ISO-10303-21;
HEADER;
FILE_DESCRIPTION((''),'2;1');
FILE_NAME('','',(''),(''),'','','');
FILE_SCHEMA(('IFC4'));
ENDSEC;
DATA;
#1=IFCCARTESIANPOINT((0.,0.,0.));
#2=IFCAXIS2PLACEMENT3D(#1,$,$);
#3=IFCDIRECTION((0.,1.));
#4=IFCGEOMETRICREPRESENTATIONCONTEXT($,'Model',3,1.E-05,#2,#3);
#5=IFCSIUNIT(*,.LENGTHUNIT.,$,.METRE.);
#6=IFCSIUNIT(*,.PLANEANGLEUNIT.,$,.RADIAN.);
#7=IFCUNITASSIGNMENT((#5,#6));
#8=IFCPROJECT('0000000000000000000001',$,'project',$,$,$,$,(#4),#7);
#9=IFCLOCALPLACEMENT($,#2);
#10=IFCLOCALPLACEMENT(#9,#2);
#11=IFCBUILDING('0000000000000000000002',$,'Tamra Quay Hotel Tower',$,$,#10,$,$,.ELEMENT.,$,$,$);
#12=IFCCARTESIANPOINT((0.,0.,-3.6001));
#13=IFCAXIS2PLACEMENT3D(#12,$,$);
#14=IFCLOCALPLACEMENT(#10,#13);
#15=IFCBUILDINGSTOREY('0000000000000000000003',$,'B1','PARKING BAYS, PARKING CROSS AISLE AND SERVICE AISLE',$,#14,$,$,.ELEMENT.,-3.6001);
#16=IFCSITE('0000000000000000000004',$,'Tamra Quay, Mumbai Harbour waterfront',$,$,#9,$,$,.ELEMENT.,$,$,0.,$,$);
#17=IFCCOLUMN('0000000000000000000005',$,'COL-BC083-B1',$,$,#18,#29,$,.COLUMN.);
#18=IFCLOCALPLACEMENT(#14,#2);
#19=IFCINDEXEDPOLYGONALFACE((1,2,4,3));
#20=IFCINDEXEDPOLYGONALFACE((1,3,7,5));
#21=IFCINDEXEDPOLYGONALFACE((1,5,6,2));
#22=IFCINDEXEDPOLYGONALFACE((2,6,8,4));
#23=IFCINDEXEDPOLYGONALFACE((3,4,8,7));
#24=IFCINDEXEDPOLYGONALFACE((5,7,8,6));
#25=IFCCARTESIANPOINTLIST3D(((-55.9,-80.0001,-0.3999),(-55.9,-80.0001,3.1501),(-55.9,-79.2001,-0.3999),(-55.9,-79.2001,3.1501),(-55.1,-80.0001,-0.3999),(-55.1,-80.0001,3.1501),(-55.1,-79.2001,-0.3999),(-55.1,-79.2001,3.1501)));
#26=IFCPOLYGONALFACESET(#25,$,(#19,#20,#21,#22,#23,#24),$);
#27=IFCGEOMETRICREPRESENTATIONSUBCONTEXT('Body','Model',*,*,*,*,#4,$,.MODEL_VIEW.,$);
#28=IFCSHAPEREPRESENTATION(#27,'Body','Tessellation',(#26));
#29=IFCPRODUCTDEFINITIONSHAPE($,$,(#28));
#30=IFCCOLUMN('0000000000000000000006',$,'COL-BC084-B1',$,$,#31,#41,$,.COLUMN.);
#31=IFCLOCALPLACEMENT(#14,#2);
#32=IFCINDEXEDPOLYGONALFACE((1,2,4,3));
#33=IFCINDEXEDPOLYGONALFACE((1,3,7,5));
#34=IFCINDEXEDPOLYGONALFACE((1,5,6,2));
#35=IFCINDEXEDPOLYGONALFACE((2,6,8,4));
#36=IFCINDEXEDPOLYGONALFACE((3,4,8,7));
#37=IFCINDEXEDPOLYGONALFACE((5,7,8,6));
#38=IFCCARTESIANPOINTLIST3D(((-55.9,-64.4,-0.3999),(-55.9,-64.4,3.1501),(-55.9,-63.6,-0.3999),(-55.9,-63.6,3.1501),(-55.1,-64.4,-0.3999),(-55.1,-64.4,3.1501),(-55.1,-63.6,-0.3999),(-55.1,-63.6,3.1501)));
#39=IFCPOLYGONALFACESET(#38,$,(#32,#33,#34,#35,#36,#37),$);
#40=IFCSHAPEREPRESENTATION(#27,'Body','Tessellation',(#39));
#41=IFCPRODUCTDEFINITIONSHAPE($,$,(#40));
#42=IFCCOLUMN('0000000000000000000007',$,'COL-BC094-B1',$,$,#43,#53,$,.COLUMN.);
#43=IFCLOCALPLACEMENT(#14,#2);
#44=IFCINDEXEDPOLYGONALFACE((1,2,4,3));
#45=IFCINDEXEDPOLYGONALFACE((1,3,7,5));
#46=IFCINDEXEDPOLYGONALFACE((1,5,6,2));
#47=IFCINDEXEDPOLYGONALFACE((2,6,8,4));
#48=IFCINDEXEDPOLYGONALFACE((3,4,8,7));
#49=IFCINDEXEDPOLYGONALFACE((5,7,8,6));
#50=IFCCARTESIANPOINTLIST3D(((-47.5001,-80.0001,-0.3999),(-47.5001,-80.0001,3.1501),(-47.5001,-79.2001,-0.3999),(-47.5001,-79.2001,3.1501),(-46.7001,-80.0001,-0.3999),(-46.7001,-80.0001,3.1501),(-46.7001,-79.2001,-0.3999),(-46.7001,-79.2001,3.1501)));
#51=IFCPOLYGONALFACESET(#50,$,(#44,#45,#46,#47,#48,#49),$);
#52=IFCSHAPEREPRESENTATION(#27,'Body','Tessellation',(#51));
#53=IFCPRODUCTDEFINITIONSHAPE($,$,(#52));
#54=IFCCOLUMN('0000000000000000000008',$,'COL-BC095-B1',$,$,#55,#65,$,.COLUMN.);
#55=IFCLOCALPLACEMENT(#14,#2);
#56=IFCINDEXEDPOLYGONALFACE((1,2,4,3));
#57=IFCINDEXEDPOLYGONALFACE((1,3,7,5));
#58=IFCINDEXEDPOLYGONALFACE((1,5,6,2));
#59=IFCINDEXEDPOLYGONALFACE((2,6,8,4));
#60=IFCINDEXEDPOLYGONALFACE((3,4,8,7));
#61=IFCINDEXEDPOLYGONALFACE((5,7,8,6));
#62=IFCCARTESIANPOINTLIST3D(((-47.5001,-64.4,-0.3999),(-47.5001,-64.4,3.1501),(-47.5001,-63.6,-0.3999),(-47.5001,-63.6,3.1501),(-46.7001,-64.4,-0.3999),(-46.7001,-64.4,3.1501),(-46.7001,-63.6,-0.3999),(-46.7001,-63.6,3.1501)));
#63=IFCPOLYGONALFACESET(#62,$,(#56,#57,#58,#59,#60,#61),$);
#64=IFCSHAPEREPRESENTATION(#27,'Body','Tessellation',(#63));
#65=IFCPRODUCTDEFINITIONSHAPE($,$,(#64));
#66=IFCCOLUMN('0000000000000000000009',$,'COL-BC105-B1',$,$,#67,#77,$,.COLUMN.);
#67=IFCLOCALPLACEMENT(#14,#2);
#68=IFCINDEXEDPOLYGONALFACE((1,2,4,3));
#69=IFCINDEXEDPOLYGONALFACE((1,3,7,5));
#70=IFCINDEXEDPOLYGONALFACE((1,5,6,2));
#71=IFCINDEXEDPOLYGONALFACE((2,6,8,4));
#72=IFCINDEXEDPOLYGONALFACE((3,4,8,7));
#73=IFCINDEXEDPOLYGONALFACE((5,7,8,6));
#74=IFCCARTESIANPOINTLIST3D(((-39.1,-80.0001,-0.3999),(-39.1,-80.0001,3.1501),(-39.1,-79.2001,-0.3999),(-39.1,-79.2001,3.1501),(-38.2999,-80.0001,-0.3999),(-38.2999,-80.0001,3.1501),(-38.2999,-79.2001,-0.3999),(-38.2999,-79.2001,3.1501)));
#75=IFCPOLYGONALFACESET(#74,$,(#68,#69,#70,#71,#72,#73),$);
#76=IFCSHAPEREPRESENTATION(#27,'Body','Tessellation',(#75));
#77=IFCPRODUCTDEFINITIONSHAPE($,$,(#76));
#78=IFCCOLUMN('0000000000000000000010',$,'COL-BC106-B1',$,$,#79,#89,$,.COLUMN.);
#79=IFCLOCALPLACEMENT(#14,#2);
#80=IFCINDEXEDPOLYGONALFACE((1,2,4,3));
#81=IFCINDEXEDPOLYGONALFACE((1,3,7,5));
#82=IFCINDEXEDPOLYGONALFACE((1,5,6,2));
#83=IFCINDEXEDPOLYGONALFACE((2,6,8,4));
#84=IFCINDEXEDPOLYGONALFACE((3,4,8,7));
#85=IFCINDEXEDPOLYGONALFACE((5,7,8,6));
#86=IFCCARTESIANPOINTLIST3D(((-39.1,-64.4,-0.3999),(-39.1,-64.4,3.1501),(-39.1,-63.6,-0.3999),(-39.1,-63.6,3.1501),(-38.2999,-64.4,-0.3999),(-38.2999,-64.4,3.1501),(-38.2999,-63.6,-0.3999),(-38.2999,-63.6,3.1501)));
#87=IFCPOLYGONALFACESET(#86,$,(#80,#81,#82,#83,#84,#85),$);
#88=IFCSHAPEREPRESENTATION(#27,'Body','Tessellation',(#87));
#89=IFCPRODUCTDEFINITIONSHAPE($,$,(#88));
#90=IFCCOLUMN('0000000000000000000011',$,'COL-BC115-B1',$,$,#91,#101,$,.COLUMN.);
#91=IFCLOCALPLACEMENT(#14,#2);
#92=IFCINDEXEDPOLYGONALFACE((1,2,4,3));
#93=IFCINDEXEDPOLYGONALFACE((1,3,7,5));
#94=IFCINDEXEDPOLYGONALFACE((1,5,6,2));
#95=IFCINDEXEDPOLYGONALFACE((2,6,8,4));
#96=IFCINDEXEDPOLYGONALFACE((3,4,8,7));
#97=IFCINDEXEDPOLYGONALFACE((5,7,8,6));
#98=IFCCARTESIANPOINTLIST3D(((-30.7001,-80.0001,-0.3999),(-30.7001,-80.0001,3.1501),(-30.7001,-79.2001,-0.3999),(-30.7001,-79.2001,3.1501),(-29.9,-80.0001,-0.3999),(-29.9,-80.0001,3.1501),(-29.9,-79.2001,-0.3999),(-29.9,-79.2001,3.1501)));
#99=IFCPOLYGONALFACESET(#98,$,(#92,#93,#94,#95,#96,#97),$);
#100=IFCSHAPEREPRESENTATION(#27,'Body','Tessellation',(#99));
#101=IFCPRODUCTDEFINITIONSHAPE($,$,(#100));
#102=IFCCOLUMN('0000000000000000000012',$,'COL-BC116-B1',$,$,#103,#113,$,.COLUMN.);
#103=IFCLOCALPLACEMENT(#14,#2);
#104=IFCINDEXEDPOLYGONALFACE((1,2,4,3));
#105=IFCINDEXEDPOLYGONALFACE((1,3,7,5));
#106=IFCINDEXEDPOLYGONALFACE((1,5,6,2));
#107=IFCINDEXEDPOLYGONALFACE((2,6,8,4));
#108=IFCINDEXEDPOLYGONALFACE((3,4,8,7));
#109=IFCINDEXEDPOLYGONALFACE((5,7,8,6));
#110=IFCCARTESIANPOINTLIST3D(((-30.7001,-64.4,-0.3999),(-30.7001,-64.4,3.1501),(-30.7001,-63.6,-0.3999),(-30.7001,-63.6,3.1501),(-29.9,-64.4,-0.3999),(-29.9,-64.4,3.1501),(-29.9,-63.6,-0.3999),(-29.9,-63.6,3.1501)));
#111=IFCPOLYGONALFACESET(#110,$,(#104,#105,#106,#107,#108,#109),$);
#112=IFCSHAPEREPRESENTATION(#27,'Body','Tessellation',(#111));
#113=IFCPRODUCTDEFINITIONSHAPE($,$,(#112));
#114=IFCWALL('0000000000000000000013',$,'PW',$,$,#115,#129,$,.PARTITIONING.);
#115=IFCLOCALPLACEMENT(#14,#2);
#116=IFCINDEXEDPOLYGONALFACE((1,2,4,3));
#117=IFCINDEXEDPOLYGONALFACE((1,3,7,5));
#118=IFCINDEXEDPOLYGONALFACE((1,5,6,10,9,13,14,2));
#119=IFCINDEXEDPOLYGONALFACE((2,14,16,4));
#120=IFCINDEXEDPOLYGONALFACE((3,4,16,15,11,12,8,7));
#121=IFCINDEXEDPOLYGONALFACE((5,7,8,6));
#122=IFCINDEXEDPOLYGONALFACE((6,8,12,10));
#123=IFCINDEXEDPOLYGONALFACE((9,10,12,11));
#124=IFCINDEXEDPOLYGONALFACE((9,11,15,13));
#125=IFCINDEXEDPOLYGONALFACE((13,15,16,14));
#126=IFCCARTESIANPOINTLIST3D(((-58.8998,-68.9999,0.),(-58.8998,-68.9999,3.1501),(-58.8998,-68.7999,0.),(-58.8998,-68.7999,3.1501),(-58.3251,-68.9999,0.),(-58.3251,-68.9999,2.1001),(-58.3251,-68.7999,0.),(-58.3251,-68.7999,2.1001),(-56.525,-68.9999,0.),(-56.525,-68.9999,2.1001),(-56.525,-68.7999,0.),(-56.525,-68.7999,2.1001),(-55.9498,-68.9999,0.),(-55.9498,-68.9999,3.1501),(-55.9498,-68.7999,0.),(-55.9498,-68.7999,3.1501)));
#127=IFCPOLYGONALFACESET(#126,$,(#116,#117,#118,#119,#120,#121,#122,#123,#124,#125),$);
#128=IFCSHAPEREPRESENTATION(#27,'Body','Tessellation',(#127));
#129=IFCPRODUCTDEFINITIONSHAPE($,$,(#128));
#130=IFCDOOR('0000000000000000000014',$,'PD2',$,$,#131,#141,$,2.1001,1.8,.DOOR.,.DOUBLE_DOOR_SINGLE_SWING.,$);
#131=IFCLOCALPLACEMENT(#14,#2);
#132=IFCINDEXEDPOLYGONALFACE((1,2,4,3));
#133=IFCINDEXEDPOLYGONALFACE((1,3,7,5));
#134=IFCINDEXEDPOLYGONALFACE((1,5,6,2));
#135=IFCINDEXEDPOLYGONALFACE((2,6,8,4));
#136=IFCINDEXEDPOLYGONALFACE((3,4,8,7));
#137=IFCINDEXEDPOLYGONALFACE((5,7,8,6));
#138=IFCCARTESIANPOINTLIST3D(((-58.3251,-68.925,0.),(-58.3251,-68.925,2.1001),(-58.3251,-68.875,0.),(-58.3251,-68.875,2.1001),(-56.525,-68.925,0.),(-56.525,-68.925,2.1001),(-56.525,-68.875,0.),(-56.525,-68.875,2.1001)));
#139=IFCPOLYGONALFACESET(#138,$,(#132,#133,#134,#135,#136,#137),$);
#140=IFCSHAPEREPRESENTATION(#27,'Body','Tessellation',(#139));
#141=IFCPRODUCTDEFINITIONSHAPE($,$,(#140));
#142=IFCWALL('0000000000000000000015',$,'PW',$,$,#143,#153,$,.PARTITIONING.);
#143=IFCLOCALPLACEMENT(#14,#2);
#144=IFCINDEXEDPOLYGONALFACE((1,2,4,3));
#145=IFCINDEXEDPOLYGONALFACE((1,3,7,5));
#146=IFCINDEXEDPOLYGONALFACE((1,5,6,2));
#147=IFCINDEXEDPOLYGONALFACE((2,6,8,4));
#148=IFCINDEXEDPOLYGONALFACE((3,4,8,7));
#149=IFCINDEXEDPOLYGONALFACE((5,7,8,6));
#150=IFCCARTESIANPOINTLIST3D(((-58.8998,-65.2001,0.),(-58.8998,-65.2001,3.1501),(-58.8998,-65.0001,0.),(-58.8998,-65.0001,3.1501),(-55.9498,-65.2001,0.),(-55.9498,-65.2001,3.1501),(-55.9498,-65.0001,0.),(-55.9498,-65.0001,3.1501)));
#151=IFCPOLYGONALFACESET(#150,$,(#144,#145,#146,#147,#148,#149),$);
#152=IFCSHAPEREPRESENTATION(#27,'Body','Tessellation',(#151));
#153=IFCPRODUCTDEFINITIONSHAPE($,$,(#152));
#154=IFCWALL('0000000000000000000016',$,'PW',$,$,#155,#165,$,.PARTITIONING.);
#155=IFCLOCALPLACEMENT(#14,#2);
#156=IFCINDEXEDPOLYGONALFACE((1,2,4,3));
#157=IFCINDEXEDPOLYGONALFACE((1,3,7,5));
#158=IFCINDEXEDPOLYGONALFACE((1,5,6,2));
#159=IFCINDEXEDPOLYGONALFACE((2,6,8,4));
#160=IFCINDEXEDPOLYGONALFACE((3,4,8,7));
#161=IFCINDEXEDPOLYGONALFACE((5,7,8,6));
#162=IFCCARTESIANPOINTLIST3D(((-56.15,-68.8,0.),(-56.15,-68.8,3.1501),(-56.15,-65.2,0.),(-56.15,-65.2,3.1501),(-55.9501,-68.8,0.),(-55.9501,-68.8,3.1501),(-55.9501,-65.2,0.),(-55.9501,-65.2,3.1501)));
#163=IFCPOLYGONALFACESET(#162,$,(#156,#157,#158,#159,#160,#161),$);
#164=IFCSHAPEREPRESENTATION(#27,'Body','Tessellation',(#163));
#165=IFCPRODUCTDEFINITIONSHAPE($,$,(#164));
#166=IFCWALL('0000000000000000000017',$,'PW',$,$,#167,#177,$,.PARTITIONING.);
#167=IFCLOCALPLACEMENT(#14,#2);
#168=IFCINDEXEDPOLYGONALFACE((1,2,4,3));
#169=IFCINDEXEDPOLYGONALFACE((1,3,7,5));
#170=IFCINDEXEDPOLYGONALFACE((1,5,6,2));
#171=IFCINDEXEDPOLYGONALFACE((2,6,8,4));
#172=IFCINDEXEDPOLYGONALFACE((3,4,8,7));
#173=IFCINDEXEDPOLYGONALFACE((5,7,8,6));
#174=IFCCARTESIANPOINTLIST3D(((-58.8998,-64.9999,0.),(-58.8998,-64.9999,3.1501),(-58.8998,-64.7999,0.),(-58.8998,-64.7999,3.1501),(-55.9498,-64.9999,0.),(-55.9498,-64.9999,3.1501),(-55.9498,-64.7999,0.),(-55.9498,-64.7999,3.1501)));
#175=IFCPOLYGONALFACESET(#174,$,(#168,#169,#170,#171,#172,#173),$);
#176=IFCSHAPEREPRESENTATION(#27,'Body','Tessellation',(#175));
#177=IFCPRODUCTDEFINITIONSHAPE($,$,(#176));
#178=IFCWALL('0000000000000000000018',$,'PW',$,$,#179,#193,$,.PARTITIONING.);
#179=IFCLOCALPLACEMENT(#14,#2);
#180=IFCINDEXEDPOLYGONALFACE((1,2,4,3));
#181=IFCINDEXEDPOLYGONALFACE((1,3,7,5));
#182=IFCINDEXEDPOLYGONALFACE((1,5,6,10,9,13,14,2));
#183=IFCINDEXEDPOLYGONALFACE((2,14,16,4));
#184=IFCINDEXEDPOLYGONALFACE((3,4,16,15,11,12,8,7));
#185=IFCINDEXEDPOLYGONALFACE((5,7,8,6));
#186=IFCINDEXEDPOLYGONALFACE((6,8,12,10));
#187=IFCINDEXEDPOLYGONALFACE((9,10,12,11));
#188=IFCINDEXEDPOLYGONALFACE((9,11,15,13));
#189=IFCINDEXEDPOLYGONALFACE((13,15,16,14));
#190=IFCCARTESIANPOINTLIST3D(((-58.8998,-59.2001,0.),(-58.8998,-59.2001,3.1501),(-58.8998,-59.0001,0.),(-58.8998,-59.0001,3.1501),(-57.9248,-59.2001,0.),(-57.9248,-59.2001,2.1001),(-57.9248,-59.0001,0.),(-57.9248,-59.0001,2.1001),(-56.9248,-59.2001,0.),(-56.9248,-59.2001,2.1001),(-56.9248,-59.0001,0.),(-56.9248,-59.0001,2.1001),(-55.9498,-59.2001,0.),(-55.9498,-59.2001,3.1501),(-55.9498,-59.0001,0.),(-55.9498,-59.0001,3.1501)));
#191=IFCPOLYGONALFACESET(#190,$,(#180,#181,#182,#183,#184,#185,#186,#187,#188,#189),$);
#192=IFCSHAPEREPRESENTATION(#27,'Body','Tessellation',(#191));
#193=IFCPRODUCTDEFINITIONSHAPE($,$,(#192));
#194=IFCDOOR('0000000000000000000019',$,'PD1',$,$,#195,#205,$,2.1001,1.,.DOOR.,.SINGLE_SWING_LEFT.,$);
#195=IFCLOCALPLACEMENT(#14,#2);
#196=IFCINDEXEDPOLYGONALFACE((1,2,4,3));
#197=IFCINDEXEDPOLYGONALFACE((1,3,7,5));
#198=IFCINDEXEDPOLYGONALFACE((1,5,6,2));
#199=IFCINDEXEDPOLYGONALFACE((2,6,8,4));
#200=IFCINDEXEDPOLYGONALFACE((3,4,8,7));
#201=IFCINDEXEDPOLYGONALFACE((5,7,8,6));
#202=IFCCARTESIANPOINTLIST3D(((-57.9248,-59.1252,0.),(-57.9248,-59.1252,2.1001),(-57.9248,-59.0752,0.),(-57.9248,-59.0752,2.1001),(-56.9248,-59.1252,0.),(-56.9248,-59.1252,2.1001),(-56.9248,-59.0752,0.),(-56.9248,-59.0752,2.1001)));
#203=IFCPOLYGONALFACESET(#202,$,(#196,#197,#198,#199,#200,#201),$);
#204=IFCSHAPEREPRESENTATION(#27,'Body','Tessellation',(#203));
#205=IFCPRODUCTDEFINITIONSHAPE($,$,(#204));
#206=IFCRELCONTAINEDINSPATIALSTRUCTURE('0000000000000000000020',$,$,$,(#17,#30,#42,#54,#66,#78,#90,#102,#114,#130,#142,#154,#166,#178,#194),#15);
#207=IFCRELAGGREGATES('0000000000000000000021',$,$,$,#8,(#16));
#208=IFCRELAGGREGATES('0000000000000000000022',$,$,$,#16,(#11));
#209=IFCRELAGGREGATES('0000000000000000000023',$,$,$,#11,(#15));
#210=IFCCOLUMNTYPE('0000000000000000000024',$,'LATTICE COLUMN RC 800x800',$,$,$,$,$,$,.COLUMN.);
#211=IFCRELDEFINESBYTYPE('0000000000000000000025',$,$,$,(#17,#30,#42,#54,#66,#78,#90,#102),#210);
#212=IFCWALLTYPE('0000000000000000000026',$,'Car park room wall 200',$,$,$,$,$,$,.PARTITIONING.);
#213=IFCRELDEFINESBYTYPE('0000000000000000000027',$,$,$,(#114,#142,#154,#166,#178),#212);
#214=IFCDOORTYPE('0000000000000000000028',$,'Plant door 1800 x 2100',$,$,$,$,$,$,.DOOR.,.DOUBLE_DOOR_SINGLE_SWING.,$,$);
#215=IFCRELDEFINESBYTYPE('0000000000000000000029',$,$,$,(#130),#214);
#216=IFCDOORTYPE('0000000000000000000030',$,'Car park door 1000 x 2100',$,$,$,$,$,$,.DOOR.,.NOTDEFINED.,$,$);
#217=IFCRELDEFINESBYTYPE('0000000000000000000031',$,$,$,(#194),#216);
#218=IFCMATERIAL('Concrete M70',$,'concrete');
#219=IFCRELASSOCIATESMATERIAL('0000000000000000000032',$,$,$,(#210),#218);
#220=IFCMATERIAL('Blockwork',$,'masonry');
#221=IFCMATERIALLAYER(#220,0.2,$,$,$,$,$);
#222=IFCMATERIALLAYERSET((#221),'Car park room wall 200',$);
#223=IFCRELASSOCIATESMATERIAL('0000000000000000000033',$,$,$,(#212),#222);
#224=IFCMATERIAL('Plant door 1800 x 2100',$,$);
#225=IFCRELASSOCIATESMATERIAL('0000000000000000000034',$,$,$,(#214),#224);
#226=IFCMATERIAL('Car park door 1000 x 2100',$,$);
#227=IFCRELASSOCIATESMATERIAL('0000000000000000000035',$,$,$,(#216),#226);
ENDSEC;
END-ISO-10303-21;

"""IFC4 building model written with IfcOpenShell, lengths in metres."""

from ifc_helpers import new_model, si_unit, direction, frame, frame_2d, origin, origin_2d, place, context, subcontext, project, spatial, rectangle, extrude, material, layer, layer_set, material_profile, profile_set, type_object, element, fill, save


model = new_model("IFC4")

# Units and contexts
model_context = context("Model", 3, precision=1e-05, world=origin(), true_north=direction((0.0, 1.0)))
body_context = subcontext(model_context, "Body", "Model", "MODEL_VIEW")
ifc_project = project(units=[si_unit("LENGTHUNIT", "METRE"), si_unit("PLANEANGLEUNIT", "RADIAN")], contexts=[model_context])

# Site, building, storey
site_placement = place(None, origin())
site = spatial("IfcSite", under=ifc_project, at=site_placement, Name="Tamra Quay, Mumbai Harbour waterfront", CompositionType="ELEMENT", RefElevation=0.0)
building_placement = place(site_placement, origin())
building = spatial("IfcBuilding", under=site, at=building_placement, Name="Tamra Quay Hotel Tower", CompositionType="ELEMENT")
storey_placement = place(building_placement, frame((0.0, 0.0, -3.6001)))
storey = spatial("IfcBuildingStorey", under=building, at=storey_placement, Name="B1", Description="PARKING BAYS, PARKING CROSS AISLE AND SERVICE AISLE", CompositionType="ELEMENT", Elevation=-3.6001)

# Columns
ifc_material_1 = material(Name="Concrete M70", Category="concrete")
ifc_material_profile = material_profile(ifc_material_1, rectangle(XDim=0.8, YDim=0.8, at=origin_2d()), Name="LATTICE COLUMN RC 800x800")
ifc_profile_set = profile_set([ifc_material_profile], Name="Concrete M70")
column_type = type_object("IfcColumnType", Name="LATTICE COLUMN RC 800x800", PredefinedType="COLUMN", material=ifc_profile_set)
for number, where, z_axis, x_axis, name in (
    (1, (-55.5, -79.6001, -0.3999), (0.0, 0.0, 1.0), (1.0, 0.0, 0.0), "COL-BC083-B1"),
    (2, (-55.5, -64.0, -0.3999), (0.0, 0.0, 1.0), (1.0, 0.0, 0.0), "COL-BC084-B1"),
    (3, (-47.1001, -79.6001, -0.3999), (0.0, 0.0, 1.0), (1.0, 0.0, 0.0), "COL-BC094-B1"),
    (4, (-47.1001, -64.0, -0.3999), (0.0, 0.0, 1.0), (1.0, 0.0, 0.0), "COL-BC095-B1"),
    (5, (-38.7, -79.6001, -0.3999), (0.0, 0.0, 1.0), (1.0, 0.0, 0.0), "COL-BC105-B1"),
    (6, (-38.7, -64.0, -0.3999), (0.0, 0.0, 1.0), (1.0, 0.0, 0.0), "COL-BC106-B1"),
    (7, (-30.3, -79.6001, -0.3999), (0.0, 0.0, 1.0), (1.0, 0.0, 0.0), "COL-BC115-B1"),
    (8, (-30.3, -64.0, -0.3999), (0.0, 0.0, 1.0), (1.0, 0.0, 0.0), "COL-BC116-B1"),
):
    element("IfcColumn", number, at=place(storey_placement, frame(where, z_axis=z_axis, x_axis=x_axis)), inside=storey, type_object=column_type, Name=name, PredefinedType="COLUMN", context=body_context, shape_type="SweptSolid", body=[
        extrude(rectangle(XDim=0.8, YDim=0.8, at=origin_2d()), origin(), (0.0, 0.0, 1.0), 3.55),
    ])

# Wall, opening, door
ifc_material_2 = material(Name="Blockwork", Category="masonry")
ifc_layer_1 = layer(ifc_material_2, 0.2)
ifc_layer_set_1 = layer_set([ifc_layer_1], Name="Car park room wall 200")
wall_type_1 = type_object("IfcWallType", Name="Car park room wall 200", PredefinedType="PARTITIONING", material=ifc_layer_set_1)
wall_1_placement = place(storey_placement, frame((-58.8999, -68.8999, 0.0), z_axis=(0.0, 0.0, 1.0), x_axis=(1.0, 0.0, 0.0)))
wall_1 = element("IfcWall", 9, at=wall_1_placement, inside=storey, type_object=wall_type_1, Name="PW", PredefinedType="PARTITIONING", context=body_context, shape_type="SweptSolid", body=[
    extrude(rectangle(XDim=2.95, YDim=0.2, at=frame_2d((1.4751, 0.0))), origin(), (0.0, 0.0, 1.0), 3.1501),
])
opening_1_placement = place(wall_1_placement, frame((0.575, 0.0, 0.0)))
opening_1 = element("IfcOpeningElement", 10, at=opening_1_placement, cuts=wall_1, PredefinedType="OPENING", context=body_context, shape_type="SweptSolid", body=[
    extrude(rectangle(XDim=1.8, YDim=2.1001, at=frame_2d((0.8999, 1.05))), frame((0.0, 0.1099, 0.0), z_axis=(0.0, -1.0, 0.0), x_axis=(1.0, 0.0, 0.0)), (0.0, 0.0, 1.0), 0.22),
])
ifc_material_3 = material(Name="Plant door 1800 x 2100")
door_type_1 = type_object("IfcDoorType", Name="Plant door 1800 x 2100", OperationType="DOUBLE_DOOR_SINGLE_SWING", PredefinedType="DOOR", material=ifc_material_3)
door_1_placement = place(opening_1_placement, origin())
door_1 = element("IfcDoor", 11, at=door_1_placement, inside=storey, type_object=door_type_1, Name="PD2", OperationType="DOUBLE_DOOR_SINGLE_SWING", OverallHeight=2.1001, OverallWidth=1.8, PredefinedType="DOOR", context=body_context, shape_type="SweptSolid", body=[
    extrude(rectangle(XDim=1.8, YDim=2.1001, at=frame_2d((0.8999, 1.05))), frame((0.0, 0.0249, 0.0), z_axis=(0.0, -1.0, 0.0), x_axis=(1.0, 0.0, 0.0)), (0.0, 0.0, 1.0), 0.05),
])
fill(opening_1, door_1)

# Walls
wall_2_placement = place(storey_placement, frame((-58.8999, -65.1001, 0.0), z_axis=(0.0, 0.0, 1.0), x_axis=(1.0, 0.0, 0.0)))
element("IfcWall", 12, at=wall_2_placement, inside=storey, type_object=wall_type_1, Name="PW", PredefinedType="PARTITIONING", context=body_context, shape_type="SweptSolid", body=[
    extrude(rectangle(XDim=2.95, YDim=0.2, at=frame_2d((1.4751, 0.0))), origin(), (0.0, 0.0, 1.0), 3.1501),
])
wall_3_placement = place(storey_placement, frame((-56.05, -68.8, 0.0), z_axis=(0.0, 0.0, 1.0), x_axis=(0.0, 1.0, 0.0)))
element("IfcWall", 13, at=wall_3_placement, inside=storey, type_object=wall_type_1, Name="PW", PredefinedType="PARTITIONING", context=body_context, shape_type="SweptSolid", body=[
    extrude(rectangle(XDim=3.6001, YDim=0.2, at=frame_2d((1.8, 0.0))), origin(), (0.0, 0.0, 1.0), 3.1501),
])
wall_4_placement = place(storey_placement, frame((-58.8999, -64.8999, 0.0), z_axis=(0.0, 0.0, 1.0), x_axis=(1.0, 0.0, 0.0)))
element("IfcWall", 14, at=wall_4_placement, inside=storey, type_object=wall_type_1, Name="PW", PredefinedType="PARTITIONING", context=body_context, shape_type="SweptSolid", body=[
    extrude(rectangle(XDim=2.95, YDim=0.2, at=frame_2d((1.4751, 0.0))), origin(), (0.0, 0.0, 1.0), 3.1501),
])

# Wall, opening, door
wall_5_placement = place(storey_placement, frame((-58.8999, -59.1001, 0.0), z_axis=(0.0, 0.0, 1.0), x_axis=(1.0, 0.0, 0.0)))
wall_5 = element("IfcWall", 15, at=wall_5_placement, inside=storey, type_object=wall_type_1, Name="PW", PredefinedType="PARTITIONING", context=body_context, shape_type="SweptSolid", body=[
    extrude(rectangle(XDim=2.95, YDim=0.2, at=frame_2d((1.4751, 0.0))), origin(), (0.0, 0.0, 1.0), 3.1501),
])
opening_2_placement = place(wall_5_placement, frame((0.9751, 0.0, 0.0)))
opening_2 = element("IfcOpeningElement", 16, at=opening_2_placement, cuts=wall_5, PredefinedType="OPENING", context=body_context, shape_type="SweptSolid", body=[
    extrude(rectangle(XDim=1.0, YDim=2.1001, at=frame_2d((0.5, 1.05))), frame((0.0, 0.1099, 0.0), z_axis=(0.0, -1.0, 0.0), x_axis=(1.0, 0.0, 0.0)), (0.0, 0.0, 1.0), 0.22),
])
ifc_material_4 = material(Name="Car park door 1000 x 2100")
door_type_2 = type_object("IfcDoorType", Name="Car park door 1000 x 2100", OperationType="NOTDEFINED", PredefinedType="DOOR", material=ifc_material_4)
door_2_placement = place(opening_2_placement, origin())
door_2 = element("IfcDoor", 17, at=door_2_placement, inside=storey, type_object=door_type_2, Name="PD1", OperationType="SINGLE_SWING_LEFT", OverallHeight=2.1001, OverallWidth=1.0, PredefinedType="DOOR", context=body_context, shape_type="SweptSolid", body=[
    extrude(rectangle(XDim=1.0, YDim=2.1001, at=frame_2d((0.5, 1.05))), frame((0.0, 0.0249, 0.0), z_axis=(0.0, -1.0, 0.0), x_axis=(1.0, 0.0, 0.0)), (0.0, 0.0, 1.0), 0.05),
])
fill(opening_2, door_2)

save(model, "model.ifc")
